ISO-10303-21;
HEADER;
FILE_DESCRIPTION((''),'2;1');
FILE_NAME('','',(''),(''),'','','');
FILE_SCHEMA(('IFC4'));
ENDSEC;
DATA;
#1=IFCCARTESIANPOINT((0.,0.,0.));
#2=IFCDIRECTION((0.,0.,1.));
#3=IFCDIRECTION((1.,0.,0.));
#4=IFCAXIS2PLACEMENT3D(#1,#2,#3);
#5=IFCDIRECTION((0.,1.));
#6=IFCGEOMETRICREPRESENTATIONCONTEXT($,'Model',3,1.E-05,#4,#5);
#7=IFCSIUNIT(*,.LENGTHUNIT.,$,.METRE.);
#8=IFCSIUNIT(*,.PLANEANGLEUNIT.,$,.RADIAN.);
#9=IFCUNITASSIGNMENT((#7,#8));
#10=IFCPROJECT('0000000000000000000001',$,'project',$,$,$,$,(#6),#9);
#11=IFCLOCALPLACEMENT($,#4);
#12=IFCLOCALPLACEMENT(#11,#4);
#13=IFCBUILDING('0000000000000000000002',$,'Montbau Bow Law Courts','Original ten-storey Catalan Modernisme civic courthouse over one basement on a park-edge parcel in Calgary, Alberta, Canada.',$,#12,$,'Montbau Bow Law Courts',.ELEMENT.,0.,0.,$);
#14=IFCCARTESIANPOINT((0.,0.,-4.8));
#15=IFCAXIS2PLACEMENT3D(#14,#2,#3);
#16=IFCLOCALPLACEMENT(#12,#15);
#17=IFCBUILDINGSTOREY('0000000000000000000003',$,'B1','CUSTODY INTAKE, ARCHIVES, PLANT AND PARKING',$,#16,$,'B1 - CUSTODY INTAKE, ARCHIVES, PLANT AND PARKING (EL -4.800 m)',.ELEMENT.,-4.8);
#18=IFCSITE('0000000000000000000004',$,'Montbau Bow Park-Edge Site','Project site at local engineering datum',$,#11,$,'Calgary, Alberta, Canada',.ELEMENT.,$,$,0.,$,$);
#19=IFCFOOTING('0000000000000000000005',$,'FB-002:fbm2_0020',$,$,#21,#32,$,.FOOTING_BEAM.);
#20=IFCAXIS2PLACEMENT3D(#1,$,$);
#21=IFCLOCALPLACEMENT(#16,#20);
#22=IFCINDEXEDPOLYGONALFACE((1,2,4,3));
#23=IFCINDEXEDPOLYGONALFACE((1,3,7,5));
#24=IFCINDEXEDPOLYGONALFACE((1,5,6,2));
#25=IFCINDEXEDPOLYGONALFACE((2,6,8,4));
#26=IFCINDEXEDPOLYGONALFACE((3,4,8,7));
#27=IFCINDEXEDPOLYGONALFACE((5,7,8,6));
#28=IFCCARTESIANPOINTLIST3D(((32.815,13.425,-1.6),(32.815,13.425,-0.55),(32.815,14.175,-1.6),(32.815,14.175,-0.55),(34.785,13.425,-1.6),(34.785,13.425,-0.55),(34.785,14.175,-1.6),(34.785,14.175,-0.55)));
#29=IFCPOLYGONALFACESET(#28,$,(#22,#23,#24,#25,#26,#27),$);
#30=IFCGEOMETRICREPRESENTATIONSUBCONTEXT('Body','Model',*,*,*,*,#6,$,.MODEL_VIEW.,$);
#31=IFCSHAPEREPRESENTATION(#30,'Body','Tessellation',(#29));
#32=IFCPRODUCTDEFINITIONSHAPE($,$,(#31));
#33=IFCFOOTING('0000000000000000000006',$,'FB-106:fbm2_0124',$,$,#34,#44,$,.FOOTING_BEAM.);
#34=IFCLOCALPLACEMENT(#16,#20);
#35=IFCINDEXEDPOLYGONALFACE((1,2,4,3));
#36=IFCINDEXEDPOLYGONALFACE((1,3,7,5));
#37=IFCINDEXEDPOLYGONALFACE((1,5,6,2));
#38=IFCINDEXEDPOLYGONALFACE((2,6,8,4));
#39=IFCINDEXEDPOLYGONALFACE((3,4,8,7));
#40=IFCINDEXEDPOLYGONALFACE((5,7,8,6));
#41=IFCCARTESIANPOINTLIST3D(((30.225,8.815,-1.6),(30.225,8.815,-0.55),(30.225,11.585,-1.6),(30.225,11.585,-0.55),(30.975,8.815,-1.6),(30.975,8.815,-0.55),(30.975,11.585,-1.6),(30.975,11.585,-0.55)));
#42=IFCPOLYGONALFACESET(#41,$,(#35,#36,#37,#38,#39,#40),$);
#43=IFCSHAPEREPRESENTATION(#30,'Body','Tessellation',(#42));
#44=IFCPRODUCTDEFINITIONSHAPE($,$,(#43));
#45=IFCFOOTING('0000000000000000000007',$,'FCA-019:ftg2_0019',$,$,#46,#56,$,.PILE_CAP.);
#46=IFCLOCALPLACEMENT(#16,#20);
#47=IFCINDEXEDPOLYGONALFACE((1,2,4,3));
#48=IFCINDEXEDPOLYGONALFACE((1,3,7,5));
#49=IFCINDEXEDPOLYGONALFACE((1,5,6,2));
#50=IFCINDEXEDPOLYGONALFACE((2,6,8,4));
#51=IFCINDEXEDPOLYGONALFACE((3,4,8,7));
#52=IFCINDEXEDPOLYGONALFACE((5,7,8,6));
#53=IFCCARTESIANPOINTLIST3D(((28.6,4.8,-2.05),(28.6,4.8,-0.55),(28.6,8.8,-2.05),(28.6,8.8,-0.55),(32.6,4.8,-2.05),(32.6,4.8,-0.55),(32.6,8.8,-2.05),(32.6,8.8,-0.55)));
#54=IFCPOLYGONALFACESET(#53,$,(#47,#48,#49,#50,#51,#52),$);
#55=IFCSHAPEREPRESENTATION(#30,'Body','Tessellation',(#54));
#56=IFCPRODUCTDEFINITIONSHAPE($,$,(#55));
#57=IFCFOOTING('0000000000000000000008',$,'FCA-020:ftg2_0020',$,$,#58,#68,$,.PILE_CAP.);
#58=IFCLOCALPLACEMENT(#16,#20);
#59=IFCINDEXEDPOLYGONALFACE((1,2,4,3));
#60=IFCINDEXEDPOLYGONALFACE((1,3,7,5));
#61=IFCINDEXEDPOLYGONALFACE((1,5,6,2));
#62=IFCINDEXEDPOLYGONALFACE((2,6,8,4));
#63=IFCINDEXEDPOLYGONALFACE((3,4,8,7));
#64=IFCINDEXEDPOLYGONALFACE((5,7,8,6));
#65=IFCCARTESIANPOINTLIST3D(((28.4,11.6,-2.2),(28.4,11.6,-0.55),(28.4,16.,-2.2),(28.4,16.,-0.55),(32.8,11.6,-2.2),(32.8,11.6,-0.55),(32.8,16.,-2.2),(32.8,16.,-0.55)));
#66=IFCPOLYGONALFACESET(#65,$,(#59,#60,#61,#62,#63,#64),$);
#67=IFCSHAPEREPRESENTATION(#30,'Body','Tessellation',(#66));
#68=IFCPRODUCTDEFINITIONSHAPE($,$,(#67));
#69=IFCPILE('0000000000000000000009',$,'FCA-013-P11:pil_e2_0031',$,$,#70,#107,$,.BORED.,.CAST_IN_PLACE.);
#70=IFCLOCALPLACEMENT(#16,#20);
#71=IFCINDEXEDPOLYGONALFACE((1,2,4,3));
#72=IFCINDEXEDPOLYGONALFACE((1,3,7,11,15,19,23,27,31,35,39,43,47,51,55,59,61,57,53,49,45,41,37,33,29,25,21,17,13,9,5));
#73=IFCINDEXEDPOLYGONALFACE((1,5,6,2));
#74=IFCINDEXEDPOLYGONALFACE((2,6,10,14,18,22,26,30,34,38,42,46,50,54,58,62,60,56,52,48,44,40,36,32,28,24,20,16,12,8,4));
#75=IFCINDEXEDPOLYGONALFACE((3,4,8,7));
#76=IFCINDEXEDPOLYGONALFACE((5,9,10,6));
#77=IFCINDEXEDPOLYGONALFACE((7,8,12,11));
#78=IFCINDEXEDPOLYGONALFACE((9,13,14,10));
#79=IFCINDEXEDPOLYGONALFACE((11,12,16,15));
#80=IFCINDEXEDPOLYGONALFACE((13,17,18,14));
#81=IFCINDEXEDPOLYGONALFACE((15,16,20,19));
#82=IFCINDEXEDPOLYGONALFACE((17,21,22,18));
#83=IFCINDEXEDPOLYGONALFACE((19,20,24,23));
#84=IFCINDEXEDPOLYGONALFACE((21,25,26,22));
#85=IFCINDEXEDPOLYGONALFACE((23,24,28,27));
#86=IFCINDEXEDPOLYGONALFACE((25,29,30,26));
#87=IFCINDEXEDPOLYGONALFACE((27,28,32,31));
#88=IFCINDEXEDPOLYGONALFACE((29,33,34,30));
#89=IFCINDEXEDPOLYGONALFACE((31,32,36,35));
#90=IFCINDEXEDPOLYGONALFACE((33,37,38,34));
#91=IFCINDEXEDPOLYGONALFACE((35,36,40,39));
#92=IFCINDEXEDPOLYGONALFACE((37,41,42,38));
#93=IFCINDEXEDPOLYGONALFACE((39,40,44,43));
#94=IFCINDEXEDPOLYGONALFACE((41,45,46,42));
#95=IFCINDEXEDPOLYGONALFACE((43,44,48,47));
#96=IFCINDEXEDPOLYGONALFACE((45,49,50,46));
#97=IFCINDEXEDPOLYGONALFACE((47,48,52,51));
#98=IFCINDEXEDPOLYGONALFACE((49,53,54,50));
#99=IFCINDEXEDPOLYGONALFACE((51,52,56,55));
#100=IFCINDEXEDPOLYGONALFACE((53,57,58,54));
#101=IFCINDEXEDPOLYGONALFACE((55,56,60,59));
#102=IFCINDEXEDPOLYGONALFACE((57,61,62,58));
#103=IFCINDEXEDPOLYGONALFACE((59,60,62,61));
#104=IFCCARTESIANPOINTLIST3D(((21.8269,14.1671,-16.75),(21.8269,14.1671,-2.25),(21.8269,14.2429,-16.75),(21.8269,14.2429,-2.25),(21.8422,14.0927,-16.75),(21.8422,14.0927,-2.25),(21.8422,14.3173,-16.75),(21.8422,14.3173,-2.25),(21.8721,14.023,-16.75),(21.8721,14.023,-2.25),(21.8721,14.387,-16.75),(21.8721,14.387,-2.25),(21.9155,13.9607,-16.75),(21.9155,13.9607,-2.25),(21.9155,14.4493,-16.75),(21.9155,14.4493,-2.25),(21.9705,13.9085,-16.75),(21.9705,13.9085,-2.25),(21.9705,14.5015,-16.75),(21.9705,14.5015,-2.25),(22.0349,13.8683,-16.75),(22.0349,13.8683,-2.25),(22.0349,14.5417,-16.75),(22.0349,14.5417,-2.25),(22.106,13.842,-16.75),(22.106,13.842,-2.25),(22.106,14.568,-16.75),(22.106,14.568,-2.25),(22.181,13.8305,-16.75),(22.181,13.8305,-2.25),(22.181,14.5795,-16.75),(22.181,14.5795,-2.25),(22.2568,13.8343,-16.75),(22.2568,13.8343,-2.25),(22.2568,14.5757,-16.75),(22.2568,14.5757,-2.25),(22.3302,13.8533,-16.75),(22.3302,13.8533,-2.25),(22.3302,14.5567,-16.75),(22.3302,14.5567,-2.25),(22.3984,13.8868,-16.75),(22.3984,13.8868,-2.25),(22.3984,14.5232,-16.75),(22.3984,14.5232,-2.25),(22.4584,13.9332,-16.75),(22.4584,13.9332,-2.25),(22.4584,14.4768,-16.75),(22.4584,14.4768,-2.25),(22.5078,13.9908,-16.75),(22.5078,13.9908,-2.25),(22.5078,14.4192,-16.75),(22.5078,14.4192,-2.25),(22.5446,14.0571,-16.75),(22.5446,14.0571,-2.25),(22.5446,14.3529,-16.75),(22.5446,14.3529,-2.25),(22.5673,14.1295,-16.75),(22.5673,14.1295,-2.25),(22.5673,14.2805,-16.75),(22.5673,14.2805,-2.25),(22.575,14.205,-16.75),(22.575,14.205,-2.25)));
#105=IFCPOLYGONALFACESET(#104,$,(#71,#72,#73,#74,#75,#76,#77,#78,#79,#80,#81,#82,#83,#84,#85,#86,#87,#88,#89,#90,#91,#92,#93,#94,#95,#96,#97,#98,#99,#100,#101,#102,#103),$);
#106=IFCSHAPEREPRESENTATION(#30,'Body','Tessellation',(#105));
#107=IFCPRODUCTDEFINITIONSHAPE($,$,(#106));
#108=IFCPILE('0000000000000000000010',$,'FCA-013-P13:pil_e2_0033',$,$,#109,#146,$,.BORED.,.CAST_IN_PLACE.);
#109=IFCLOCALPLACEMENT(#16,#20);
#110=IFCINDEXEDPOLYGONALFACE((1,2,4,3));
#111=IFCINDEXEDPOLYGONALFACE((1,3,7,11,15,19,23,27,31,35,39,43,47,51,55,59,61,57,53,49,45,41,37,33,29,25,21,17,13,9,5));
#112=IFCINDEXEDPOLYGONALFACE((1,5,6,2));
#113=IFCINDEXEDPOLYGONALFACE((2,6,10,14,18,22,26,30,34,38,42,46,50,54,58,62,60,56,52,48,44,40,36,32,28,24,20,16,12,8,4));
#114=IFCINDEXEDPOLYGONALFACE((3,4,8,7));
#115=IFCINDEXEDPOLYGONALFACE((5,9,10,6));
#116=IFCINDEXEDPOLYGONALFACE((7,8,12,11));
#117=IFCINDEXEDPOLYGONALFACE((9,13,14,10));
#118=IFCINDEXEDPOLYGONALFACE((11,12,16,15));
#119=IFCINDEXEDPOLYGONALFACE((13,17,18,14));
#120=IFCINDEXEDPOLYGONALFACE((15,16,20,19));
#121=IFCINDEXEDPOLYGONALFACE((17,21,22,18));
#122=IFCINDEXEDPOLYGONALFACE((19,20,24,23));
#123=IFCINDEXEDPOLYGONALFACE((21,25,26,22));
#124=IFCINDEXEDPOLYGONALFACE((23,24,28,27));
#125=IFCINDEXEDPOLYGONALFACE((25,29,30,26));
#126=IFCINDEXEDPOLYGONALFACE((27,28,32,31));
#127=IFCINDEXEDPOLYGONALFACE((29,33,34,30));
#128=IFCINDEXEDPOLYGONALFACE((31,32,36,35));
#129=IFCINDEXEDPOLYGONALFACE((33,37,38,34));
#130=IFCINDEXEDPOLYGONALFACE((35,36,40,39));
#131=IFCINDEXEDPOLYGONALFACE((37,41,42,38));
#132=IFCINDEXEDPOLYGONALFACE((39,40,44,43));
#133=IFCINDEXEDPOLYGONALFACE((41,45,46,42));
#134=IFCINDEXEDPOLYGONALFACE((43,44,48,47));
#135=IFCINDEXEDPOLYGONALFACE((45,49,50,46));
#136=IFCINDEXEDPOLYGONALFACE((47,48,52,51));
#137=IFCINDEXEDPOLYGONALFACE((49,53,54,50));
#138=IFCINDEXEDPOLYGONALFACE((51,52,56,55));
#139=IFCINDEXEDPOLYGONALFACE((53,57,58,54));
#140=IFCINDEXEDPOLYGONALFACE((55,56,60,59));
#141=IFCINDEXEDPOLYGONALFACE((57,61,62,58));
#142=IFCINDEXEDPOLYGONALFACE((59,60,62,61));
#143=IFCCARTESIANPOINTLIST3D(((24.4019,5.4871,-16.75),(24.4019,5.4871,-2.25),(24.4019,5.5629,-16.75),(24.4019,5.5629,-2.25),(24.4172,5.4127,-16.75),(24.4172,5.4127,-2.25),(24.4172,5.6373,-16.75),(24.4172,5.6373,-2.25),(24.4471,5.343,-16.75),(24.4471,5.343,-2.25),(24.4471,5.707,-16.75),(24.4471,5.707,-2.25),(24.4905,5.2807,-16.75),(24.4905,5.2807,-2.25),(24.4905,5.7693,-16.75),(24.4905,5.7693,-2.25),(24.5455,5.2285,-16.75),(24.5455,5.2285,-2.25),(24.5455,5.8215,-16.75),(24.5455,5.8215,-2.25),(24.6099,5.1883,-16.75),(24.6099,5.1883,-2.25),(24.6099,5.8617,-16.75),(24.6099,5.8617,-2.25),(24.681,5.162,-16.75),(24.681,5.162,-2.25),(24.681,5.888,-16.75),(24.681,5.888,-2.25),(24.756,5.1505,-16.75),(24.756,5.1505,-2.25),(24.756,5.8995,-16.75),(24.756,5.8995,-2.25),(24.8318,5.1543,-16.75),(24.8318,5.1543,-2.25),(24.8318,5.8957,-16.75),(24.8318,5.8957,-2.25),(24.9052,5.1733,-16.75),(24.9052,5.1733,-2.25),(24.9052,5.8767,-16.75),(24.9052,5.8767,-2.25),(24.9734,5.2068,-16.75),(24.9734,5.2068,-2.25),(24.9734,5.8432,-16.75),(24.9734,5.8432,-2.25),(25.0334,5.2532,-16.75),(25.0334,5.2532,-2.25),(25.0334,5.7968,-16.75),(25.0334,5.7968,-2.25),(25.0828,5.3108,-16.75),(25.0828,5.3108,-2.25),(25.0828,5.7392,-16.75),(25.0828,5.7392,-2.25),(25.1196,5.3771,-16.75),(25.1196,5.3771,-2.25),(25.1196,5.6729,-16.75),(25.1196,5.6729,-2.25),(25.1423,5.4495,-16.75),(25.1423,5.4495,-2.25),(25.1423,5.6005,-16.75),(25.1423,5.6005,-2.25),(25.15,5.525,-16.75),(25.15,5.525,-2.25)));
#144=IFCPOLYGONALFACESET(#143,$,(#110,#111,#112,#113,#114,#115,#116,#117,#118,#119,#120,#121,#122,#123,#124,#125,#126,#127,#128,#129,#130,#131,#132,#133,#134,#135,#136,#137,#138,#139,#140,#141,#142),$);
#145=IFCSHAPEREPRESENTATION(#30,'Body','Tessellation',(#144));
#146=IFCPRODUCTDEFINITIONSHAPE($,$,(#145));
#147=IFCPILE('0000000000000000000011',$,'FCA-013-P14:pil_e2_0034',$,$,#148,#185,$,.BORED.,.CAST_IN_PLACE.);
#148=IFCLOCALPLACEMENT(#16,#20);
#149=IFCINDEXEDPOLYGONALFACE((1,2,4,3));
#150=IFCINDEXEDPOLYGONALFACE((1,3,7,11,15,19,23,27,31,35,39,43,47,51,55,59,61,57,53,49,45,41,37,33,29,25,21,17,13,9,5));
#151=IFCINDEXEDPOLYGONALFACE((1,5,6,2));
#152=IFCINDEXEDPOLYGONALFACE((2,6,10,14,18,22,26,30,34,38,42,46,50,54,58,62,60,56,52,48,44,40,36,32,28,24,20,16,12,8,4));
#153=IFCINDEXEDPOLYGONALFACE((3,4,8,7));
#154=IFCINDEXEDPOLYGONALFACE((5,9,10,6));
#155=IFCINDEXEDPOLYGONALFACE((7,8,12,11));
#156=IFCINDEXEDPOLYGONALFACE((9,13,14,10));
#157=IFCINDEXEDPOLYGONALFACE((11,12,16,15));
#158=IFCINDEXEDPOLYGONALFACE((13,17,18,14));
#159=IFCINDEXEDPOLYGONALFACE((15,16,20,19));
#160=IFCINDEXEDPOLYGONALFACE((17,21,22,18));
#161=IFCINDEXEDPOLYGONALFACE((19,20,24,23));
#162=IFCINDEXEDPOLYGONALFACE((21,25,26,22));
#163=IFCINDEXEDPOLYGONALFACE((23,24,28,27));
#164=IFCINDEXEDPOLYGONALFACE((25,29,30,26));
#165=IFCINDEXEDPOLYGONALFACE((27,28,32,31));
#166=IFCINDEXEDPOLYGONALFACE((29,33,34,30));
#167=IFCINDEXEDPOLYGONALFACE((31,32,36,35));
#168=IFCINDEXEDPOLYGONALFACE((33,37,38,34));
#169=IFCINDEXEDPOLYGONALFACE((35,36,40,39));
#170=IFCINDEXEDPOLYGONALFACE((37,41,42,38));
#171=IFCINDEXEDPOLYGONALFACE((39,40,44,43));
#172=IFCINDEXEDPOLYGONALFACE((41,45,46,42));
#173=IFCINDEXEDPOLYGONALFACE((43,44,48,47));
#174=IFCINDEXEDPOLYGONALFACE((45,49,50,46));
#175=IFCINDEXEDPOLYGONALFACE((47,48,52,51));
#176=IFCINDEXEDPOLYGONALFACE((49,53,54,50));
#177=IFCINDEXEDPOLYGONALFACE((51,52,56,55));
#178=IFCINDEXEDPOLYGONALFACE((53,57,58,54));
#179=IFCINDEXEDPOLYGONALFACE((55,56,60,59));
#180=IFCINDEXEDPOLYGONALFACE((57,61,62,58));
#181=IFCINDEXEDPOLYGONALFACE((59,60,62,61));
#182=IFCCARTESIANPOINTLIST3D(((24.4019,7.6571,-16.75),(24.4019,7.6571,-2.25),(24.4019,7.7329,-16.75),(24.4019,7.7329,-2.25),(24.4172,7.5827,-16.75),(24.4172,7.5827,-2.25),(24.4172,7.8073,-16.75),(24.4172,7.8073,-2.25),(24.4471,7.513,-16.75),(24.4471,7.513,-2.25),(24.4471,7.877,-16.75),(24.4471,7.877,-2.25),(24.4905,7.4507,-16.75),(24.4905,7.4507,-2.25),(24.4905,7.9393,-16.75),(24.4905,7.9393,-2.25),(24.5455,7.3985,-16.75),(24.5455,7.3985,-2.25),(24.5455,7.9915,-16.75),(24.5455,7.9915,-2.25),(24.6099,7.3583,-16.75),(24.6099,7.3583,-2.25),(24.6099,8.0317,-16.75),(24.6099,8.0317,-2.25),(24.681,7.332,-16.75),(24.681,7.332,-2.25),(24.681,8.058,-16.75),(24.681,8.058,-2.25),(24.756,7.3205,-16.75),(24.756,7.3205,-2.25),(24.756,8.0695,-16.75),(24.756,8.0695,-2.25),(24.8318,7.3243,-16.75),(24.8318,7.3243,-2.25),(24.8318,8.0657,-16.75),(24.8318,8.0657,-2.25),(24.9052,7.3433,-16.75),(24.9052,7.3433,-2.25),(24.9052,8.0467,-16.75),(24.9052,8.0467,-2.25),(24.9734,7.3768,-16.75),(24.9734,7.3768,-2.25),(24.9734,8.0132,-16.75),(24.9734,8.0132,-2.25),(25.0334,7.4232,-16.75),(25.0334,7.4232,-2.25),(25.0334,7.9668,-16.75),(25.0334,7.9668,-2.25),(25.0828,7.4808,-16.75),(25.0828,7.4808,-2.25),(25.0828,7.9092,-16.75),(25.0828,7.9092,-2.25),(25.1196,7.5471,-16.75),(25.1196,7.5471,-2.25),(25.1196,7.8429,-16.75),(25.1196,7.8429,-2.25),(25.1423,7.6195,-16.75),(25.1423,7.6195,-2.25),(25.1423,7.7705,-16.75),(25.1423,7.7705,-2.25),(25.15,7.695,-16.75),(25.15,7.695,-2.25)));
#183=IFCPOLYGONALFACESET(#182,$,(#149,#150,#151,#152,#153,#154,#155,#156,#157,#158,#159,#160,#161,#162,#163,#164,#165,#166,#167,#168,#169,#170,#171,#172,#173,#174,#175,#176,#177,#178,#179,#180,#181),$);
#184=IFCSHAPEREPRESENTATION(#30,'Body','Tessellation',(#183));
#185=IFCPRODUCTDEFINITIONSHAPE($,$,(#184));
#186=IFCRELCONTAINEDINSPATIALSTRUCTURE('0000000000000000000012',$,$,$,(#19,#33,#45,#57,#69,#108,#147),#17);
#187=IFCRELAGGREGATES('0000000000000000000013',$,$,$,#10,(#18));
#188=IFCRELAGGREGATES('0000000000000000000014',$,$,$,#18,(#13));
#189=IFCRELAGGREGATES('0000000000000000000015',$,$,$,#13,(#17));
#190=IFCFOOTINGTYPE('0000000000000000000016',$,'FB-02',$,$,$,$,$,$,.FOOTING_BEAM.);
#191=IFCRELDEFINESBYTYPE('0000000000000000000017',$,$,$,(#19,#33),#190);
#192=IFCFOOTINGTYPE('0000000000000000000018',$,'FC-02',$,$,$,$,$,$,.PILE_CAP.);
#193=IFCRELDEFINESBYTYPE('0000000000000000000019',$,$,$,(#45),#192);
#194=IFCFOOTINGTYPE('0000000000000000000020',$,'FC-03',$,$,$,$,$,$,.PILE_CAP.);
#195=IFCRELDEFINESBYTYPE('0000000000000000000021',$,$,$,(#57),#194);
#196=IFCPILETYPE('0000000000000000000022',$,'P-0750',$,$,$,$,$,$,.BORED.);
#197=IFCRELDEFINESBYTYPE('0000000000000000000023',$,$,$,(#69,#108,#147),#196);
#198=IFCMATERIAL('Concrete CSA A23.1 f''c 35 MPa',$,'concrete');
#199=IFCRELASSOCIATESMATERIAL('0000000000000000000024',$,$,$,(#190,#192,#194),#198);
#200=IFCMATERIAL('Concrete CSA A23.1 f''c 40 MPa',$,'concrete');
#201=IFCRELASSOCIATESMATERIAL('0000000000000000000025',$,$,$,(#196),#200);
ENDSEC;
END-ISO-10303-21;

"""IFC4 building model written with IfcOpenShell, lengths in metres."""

from ifc_helpers import new_model, si_unit, direction, frame, origin_with_axes, origin_2d_with_axis, place, context, subcontext, project, spatial, rectangle, circle, extrude, material, material_profile, profile_set, type_object, element, save


model = new_model("IFC4")

# Units and contexts
model_context = context("Model", 3, precision=1e-05, world=origin_with_axes(), true_north=direction((0.0, 1.0)))
body_context = subcontext(model_context, "Body", "Model", "MODEL_VIEW")
ifc_project = project(units=[si_unit("LENGTHUNIT", "METRE"), si_unit("PLANEANGLEUNIT", "RADIAN")], contexts=[model_context])

# Site, building, storey
site_placement = place(None, origin_with_axes())
site = spatial("IfcSite", under=ifc_project, at=site_placement, Name="Montbau Bow Park-Edge Site", Description="Project site at local engineering datum", LongName="Calgary, Alberta, Canada", CompositionType="ELEMENT", RefElevation=0.0)
building_placement = place(site_placement, origin_with_axes())
building = spatial("IfcBuilding", under=site, at=building_placement, Name="Montbau Bow Law Courts", Description="Original ten-storey Catalan Modernisme civic courthouse over one basement on a park-edge parcel in Calgary, Alberta, Canada.", LongName="Montbau Bow Law Courts", CompositionType="ELEMENT", ElevationOfRefHeight=0.0, ElevationOfTerrain=0.0)
storey_placement = place(building_placement, frame((0.0, 0.0, -4.8), z_axis=(0.0, 0.0, 1.0), x_axis=(1.0, 0.0, 0.0)))
storey = spatial("IfcBuildingStorey", under=building, at=storey_placement, Name="B1", Description="CUSTODY INTAKE, ARCHIVES, PLANT AND PARKING", LongName="B1 - CUSTODY INTAKE, ARCHIVES, PLANT AND PARKING (EL -4.800 m)", CompositionType="ELEMENT", Elevation=-4.8)

# Footings
ifc_material_1 = material(Name="Concrete CSA A23.1 f'c 35 MPa", Category="concrete")
footing_type_1 = type_object("IfcFootingType", Name="FB-02", PredefinedType="FOOTING_BEAM", material=ifc_material_1)
footing_1_placement = place(None, frame((33.8, 13.8, -6.4), z_axis=(0.0, 0.0, 1.0), x_axis=(1.0, 0.0, 0.0)))
element("IfcFooting", 1, at=footing_1_placement, inside=storey, type_object=footing_type_1, Name="FB-002:fbm2_0020", PredefinedType="FOOTING_BEAM", context=body_context, shape_type="SweptSolid", body=[
    extrude(rectangle(XDim=1.97, YDim=0.75, at=origin_2d_with_axis()), origin_with_axes(), (0.0, 0.0, 1.0), 1.05),
])
footing_2_placement = place(None, frame((30.6, 10.2, -6.4), z_axis=(0.0, 0.0, 1.0), x_axis=(0.0, 1.0, 0.0)))
element("IfcFooting", 2, at=footing_2_placement, inside=storey, type_object=footing_type_1, Name="FB-106:fbm2_0124", PredefinedType="FOOTING_BEAM", context=body_context, shape_type="SweptSolid", body=[
    extrude(rectangle(XDim=2.77, YDim=0.75, at=origin_2d_with_axis()), origin_with_axes(), (0.0, 0.0, 1.0), 1.05),
])
footing_type_2 = type_object("IfcFootingType", Name="FC-02", PredefinedType="PILE_CAP", material=ifc_material_1)
footing_3_placement = place(None, frame((30.6, 6.8, -6.85), z_axis=(0.0, 0.0, 1.0), x_axis=(1.0, 0.0, 0.0)))
element("IfcFooting", 3, at=footing_3_placement, inside=storey, type_object=footing_type_2, Name="FCA-019:ftg2_0019", PredefinedType="PILE_CAP", context=body_context, shape_type="SweptSolid", body=[
    extrude(rectangle(XDim=4.0, YDim=4.0, at=origin_2d_with_axis()), origin_with_axes(), (0.0, 0.0, 1.0), 1.5),
])
footing_type_3 = type_object("IfcFootingType", Name="FC-03", PredefinedType="PILE_CAP", material=ifc_material_1)
footing_4_placement = place(None, frame((30.6, 13.8, -7.0), z_axis=(0.0, 0.0, 1.0), x_axis=(1.0, 0.0, 0.0)))
element("IfcFooting", 4, at=footing_4_placement, inside=storey, type_object=footing_type_3, Name="FCA-020:ftg2_0020", PredefinedType="PILE_CAP", context=body_context, shape_type="SweptSolid", body=[
    extrude(rectangle(XDim=4.4, YDim=4.4, at=origin_2d_with_axis()), origin_with_axes(), (0.0, 0.0, 1.0), 1.65),
])

# Piles
ifc_material_2 = material(Name="Concrete CSA A23.1 f'c 40 MPa", Category="concrete")
ifc_material_profile_1 = material_profile(ifc_material_2, circle(Radius=0.375, at=origin_2d_with_axis()), Name="BP750", Category="Main", Priority=0)
ifc_profile_set_1 = profile_set([ifc_material_profile_1], Name="Concrete CSA A23.1 f'c 40 MPa")
pile_type_1 = type_object("IfcPileType", Name="P-0750", PredefinedType="BORED", material=ifc_profile_set_1)
for number, where, z_axis, x_axis, name in (
    (5, (22.2, 14.205, -21.55), (0.0, 0.0, 1.0), (1.0, 0.0, 0.0), "FCA-013-P11:pil_e2_0031"),
    (6, (24.775, 5.525, -21.55), (0.0, 0.0, 1.0), (1.0, 0.0, 0.0), "FCA-013-P13:pil_e2_0033"),
    (7, (24.775, 7.695, -21.55), (0.0, 0.0, 1.0), (1.0, 0.0, 0.0), "FCA-013-P14:pil_e2_0034"),
):
    element("IfcPile", number, at=place(None, frame(where, z_axis=z_axis, x_axis=x_axis)), inside=storey, type_object=pile_type_1, Name=name, ConstructionType="CAST_IN_PLACE", PredefinedType="BORED", context=body_context, shape_type="SweptSolid", body=[
        extrude(circle(Radius=0.375, at=origin_2d_with_axis()), origin_with_axes(), (0.0, 0.0, 1.0), 14.5),
    ])

save(model, "model.ifc")
